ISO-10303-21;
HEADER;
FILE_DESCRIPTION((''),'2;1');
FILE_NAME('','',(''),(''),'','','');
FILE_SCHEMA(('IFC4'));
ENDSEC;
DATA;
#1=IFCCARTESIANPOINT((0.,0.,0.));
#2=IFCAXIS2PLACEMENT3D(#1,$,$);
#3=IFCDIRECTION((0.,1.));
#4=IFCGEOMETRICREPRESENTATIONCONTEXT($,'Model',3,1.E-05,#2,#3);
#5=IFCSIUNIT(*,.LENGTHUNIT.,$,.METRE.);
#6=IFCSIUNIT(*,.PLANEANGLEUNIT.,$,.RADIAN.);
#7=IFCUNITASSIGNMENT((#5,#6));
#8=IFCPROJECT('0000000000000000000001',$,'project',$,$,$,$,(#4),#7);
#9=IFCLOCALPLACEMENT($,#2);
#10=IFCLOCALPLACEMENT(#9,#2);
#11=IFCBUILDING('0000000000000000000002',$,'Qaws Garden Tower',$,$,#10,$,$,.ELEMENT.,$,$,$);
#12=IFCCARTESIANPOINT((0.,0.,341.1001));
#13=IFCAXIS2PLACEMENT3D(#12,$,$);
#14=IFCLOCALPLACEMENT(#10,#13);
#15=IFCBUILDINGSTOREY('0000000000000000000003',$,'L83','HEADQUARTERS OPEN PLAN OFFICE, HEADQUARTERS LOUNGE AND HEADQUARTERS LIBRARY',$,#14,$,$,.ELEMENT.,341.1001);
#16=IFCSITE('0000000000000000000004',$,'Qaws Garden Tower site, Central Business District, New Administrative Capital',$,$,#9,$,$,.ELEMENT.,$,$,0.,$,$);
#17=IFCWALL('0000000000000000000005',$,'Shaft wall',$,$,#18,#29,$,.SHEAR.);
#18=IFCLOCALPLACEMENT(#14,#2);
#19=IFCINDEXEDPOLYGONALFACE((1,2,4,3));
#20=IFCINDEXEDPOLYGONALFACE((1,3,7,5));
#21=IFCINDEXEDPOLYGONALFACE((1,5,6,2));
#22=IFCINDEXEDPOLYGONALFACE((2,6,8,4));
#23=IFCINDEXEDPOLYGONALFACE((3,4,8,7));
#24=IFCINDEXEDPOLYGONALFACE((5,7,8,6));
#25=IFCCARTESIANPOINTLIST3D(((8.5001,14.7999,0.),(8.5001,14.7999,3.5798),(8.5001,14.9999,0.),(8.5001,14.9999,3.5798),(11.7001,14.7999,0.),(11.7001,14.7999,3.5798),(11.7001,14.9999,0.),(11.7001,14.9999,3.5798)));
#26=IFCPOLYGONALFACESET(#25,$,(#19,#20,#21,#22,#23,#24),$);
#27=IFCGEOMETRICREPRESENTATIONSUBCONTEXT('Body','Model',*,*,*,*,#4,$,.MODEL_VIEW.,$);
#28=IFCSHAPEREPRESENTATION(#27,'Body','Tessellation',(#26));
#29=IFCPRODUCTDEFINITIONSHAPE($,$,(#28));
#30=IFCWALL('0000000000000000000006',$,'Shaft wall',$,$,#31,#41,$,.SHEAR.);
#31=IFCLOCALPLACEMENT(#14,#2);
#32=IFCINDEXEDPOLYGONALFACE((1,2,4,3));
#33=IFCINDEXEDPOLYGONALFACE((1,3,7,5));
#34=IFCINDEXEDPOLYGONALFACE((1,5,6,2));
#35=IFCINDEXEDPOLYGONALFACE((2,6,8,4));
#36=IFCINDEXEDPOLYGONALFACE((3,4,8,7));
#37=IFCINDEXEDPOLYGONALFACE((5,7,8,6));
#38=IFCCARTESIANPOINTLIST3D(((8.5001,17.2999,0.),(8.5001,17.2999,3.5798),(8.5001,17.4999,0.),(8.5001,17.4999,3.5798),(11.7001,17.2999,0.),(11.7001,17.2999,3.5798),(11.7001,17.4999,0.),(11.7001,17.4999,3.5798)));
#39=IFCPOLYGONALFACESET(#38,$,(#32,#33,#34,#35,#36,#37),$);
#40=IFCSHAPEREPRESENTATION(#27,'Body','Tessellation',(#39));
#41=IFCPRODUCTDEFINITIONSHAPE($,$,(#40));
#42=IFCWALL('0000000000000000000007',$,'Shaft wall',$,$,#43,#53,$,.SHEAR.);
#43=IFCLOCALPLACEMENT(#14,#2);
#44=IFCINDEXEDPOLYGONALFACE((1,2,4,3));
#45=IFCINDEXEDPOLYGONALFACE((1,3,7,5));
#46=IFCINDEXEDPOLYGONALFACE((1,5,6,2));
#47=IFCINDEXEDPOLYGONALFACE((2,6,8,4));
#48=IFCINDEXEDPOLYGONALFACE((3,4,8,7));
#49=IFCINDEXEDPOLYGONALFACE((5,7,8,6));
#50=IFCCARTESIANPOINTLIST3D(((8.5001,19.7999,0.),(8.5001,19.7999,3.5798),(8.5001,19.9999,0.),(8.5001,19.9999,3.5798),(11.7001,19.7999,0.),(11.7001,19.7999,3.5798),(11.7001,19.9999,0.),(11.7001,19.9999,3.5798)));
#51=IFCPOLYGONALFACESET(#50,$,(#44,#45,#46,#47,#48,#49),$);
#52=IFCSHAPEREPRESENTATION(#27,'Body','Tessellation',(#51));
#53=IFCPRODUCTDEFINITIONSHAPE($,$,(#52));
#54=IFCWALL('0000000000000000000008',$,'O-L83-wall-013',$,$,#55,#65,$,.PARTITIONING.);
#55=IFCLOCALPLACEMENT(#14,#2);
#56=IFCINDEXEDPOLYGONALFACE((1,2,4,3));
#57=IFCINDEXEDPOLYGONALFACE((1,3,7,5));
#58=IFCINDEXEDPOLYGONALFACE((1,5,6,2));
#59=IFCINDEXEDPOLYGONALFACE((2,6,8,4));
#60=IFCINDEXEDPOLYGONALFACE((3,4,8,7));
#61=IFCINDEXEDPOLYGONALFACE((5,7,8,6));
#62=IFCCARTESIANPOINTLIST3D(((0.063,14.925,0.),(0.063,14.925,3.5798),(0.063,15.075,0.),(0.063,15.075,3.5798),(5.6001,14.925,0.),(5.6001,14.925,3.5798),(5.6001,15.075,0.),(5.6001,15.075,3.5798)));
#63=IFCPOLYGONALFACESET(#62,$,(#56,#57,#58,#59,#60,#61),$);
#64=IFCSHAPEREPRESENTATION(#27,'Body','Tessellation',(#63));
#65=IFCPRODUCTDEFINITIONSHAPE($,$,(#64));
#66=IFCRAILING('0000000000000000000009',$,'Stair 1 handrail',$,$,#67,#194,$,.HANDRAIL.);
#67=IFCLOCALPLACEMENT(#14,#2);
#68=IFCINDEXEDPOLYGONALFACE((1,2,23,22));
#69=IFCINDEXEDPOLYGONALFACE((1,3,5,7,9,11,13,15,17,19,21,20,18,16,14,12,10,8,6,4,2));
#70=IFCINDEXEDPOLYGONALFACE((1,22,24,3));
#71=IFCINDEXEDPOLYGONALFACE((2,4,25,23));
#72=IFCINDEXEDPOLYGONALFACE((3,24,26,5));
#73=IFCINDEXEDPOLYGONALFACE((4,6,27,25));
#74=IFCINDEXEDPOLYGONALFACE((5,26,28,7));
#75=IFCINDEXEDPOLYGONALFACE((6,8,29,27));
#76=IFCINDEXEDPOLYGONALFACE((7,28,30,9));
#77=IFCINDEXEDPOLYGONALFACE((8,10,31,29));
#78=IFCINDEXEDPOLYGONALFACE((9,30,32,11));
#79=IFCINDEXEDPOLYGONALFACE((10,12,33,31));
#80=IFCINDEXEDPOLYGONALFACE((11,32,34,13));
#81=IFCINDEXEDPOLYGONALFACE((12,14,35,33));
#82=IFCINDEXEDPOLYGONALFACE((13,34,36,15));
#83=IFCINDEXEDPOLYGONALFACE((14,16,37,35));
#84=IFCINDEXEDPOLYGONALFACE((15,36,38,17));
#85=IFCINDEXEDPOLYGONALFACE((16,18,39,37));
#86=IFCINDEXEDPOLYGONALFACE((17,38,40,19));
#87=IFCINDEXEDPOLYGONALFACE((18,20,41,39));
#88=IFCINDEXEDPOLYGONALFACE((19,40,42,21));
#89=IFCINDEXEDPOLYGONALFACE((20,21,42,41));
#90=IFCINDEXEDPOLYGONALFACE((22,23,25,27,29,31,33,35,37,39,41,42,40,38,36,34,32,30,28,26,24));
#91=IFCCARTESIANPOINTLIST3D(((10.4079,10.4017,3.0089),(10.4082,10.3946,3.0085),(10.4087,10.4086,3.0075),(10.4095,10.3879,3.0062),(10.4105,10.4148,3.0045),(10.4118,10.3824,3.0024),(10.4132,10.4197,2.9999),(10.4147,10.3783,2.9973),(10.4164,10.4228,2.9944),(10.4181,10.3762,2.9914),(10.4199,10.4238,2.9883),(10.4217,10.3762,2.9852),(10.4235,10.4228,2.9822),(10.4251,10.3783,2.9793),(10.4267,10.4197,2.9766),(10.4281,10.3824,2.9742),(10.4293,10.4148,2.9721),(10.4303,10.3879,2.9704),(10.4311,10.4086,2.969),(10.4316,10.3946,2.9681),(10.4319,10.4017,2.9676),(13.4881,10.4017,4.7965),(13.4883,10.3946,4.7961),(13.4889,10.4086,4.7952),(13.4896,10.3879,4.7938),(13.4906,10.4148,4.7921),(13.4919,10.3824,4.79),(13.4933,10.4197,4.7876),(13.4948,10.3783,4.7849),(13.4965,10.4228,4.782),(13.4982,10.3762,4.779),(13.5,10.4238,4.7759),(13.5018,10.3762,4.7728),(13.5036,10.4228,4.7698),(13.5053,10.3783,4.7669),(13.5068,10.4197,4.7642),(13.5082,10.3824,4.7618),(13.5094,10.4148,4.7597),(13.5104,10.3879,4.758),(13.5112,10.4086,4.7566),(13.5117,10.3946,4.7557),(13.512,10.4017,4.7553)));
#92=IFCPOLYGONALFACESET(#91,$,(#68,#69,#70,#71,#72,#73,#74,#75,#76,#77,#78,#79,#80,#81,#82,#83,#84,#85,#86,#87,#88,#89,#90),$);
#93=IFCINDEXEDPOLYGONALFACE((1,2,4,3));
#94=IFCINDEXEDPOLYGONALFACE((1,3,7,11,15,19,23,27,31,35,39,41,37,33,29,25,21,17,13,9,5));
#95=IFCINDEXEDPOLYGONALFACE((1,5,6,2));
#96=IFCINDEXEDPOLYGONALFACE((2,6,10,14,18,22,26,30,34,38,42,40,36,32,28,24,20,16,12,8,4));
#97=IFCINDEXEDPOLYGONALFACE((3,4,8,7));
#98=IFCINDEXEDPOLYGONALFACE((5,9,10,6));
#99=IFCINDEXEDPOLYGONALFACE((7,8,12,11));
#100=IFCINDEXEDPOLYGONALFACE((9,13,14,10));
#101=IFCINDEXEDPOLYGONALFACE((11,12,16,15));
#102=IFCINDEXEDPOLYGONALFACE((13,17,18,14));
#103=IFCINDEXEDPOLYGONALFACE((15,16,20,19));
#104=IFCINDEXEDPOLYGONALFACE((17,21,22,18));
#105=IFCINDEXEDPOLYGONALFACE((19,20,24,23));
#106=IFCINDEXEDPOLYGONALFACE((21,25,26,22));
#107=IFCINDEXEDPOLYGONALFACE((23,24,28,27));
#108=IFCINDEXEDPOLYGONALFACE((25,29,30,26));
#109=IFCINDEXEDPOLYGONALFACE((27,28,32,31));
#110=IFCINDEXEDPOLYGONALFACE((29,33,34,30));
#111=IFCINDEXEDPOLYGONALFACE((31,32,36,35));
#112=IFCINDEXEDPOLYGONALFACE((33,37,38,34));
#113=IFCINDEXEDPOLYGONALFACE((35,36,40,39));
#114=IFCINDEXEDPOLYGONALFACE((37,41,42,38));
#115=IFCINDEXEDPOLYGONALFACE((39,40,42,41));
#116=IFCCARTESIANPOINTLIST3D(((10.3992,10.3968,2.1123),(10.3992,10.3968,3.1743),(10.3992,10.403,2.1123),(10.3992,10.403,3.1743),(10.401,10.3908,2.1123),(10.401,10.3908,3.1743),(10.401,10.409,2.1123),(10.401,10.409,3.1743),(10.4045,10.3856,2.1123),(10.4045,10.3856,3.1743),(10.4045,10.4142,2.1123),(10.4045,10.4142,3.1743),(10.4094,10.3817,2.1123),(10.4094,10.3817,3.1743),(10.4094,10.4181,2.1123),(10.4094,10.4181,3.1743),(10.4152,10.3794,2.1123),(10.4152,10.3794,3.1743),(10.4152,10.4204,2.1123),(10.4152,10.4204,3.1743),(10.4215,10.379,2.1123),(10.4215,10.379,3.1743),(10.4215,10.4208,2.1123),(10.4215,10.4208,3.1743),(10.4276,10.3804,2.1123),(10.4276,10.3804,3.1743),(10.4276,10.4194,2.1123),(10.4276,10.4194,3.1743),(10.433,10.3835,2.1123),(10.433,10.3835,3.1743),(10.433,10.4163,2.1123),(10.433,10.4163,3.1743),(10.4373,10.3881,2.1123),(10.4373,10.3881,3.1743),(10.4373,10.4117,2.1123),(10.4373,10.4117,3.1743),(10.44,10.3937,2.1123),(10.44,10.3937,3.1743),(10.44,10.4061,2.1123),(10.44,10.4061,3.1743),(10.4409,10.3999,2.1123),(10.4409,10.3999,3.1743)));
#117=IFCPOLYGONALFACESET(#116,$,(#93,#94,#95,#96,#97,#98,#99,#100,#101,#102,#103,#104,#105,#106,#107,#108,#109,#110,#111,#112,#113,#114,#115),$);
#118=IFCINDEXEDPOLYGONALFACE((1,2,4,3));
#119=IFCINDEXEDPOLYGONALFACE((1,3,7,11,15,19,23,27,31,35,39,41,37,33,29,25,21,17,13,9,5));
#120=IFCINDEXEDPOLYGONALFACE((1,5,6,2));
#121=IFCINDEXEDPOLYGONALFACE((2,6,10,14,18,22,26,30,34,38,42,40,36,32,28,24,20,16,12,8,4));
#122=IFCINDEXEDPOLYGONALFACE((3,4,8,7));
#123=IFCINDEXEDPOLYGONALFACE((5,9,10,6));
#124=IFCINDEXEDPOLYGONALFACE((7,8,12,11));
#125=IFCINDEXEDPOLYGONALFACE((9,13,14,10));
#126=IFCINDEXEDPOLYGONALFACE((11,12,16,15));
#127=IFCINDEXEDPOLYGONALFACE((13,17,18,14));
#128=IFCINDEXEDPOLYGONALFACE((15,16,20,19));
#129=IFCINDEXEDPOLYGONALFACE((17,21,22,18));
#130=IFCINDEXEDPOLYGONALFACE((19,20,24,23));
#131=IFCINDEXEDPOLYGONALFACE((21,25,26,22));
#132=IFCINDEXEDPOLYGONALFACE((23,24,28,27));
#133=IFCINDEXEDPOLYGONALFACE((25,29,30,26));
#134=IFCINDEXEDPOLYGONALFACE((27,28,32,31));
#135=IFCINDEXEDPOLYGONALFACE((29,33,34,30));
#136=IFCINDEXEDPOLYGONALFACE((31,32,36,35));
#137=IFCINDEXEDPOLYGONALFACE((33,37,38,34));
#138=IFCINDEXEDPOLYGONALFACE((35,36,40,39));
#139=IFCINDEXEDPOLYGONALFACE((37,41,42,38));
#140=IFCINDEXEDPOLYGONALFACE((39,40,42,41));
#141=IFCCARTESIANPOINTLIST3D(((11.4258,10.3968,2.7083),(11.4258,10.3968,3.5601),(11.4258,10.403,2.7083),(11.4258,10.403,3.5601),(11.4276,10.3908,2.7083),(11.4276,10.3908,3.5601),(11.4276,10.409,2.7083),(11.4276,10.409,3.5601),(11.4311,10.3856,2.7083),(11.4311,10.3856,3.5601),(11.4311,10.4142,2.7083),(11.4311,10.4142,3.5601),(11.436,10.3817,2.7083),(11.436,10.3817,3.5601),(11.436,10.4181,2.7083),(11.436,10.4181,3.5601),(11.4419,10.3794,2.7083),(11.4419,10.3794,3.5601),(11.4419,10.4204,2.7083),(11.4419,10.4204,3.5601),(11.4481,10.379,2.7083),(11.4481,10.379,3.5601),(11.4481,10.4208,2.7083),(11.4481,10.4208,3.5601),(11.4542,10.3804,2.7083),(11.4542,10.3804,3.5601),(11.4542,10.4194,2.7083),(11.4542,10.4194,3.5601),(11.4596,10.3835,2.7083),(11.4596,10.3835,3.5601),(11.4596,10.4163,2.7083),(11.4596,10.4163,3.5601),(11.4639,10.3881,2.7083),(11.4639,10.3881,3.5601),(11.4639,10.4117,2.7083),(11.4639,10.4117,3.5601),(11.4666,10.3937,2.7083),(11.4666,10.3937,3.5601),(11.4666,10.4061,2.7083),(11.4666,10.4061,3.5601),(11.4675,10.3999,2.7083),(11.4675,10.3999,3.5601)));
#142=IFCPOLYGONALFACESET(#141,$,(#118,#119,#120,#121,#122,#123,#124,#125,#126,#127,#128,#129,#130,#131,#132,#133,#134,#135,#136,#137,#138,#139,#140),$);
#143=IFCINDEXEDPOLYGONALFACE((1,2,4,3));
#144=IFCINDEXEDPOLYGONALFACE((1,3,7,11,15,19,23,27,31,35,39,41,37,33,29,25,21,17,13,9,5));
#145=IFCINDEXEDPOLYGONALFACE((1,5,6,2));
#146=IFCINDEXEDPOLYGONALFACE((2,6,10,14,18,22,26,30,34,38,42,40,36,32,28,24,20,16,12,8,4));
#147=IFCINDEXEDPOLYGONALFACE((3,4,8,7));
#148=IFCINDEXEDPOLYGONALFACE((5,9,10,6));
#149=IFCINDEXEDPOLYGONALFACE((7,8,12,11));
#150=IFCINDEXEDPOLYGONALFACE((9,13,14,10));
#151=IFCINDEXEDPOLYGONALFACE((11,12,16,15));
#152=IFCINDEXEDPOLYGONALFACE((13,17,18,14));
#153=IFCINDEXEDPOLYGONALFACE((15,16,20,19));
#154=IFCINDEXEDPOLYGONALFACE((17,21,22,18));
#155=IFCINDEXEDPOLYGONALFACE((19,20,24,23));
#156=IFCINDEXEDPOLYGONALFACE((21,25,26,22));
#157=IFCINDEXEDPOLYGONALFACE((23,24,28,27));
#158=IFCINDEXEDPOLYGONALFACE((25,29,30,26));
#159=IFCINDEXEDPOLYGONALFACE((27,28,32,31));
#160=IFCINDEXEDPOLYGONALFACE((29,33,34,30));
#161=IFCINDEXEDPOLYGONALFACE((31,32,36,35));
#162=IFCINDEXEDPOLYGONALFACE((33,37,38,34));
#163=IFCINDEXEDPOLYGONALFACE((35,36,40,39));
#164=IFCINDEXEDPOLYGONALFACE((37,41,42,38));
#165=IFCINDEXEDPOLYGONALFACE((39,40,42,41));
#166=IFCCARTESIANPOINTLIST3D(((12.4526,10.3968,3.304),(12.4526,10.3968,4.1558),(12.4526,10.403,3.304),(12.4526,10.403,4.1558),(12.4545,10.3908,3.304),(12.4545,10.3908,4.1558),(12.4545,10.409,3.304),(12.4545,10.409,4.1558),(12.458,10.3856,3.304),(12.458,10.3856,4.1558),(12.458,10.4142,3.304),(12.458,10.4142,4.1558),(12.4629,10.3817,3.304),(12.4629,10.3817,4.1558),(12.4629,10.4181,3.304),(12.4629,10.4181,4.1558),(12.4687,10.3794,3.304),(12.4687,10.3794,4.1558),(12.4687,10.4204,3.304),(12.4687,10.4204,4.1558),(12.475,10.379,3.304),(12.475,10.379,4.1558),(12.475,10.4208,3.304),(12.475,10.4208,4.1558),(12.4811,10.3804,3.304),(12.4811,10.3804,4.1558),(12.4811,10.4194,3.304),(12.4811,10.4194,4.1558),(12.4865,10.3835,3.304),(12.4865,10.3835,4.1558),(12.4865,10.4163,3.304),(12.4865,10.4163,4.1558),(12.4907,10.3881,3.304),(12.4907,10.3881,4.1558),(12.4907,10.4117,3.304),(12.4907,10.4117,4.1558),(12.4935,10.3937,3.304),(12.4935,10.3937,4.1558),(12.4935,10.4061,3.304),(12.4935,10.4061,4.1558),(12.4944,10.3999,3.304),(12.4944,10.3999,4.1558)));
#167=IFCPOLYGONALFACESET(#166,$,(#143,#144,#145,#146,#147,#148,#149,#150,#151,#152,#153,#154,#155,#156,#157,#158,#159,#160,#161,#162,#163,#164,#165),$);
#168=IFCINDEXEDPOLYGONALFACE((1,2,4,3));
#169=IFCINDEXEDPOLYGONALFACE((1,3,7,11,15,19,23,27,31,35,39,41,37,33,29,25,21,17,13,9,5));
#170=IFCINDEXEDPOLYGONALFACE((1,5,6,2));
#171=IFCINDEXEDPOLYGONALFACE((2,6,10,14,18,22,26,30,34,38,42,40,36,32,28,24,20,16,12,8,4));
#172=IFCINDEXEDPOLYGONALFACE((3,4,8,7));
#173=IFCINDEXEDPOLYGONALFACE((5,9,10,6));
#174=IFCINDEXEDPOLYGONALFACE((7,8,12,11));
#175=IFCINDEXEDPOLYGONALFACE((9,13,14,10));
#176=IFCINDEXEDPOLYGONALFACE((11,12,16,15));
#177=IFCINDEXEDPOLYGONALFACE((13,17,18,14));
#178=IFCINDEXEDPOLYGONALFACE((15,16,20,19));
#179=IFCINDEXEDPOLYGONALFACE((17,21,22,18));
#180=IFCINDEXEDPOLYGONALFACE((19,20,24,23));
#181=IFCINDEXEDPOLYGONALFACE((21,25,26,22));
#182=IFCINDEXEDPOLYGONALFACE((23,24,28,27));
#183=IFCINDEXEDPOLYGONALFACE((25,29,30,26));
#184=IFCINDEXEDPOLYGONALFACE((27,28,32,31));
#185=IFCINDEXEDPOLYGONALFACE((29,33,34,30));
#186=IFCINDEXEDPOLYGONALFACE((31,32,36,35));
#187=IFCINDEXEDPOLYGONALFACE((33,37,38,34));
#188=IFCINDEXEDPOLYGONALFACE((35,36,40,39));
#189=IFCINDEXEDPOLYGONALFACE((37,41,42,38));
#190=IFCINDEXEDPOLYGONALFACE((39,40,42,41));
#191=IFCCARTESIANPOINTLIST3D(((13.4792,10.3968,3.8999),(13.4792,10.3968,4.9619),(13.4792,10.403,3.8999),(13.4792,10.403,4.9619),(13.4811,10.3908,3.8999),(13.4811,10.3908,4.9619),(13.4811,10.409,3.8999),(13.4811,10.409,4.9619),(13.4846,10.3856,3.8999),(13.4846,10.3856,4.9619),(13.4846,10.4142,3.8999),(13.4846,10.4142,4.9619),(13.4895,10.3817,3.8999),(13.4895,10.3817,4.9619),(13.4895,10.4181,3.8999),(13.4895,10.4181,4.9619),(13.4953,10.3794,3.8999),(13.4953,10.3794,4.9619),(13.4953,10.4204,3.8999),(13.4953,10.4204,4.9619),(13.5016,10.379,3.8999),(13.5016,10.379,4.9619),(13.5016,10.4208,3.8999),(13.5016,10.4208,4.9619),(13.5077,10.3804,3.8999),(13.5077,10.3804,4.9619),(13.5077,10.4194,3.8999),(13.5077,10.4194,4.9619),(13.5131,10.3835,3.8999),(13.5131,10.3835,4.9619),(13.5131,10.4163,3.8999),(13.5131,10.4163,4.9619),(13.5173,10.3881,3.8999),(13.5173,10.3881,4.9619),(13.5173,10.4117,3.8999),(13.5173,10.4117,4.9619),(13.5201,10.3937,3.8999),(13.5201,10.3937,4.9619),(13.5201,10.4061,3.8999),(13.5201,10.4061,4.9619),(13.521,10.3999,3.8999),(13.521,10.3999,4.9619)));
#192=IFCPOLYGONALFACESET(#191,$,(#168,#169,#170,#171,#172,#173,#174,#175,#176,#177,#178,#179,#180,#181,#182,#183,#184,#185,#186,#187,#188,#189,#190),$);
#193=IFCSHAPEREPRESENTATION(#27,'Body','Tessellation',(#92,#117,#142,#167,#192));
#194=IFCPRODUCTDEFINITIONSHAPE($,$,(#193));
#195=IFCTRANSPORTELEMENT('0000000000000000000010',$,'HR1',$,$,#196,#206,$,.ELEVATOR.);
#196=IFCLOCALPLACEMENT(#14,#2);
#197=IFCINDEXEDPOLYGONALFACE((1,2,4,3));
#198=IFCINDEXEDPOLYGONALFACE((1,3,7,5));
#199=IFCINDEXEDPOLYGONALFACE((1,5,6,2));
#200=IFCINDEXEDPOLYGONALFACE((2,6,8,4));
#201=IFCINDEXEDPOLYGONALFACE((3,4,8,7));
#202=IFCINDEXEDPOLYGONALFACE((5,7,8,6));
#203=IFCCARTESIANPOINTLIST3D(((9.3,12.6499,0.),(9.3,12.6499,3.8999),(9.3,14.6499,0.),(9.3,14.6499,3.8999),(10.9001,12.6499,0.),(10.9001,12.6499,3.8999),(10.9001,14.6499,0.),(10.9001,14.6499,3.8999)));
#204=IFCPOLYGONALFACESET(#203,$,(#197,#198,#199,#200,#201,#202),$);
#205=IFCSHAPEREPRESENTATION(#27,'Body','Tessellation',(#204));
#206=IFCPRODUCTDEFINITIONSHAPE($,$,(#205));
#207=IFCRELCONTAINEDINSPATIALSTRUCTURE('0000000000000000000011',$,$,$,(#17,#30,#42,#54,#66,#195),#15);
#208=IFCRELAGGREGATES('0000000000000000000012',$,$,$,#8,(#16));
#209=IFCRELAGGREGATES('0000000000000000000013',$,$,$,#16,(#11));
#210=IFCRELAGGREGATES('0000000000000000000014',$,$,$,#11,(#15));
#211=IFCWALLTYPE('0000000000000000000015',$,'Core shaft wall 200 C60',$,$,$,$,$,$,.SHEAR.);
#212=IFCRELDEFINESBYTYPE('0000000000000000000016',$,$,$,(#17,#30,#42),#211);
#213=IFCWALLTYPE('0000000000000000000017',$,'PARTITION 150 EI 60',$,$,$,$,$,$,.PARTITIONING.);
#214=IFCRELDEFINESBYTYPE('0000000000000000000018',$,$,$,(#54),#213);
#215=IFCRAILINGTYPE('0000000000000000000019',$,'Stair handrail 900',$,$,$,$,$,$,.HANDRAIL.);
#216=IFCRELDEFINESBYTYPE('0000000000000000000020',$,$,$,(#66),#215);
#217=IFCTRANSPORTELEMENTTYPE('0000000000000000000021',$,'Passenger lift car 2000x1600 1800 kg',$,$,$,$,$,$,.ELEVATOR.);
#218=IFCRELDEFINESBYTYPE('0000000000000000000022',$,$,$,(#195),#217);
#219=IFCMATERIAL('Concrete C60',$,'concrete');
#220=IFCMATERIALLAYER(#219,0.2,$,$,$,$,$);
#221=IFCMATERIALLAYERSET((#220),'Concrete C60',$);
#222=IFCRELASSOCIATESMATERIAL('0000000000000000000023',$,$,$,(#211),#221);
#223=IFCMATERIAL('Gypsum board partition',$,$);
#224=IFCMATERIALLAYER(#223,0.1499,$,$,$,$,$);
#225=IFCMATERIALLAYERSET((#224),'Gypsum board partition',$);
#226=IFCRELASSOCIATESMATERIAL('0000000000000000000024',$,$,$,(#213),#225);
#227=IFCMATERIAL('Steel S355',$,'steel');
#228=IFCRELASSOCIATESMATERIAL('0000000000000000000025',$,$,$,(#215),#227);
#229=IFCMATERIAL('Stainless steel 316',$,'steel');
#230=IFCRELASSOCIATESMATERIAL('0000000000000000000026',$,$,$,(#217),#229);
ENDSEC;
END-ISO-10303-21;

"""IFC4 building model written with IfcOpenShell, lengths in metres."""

from ifc_helpers import new_model, si_unit, direction, frame, frame_2d, origin, origin_2d, place, context, subcontext, project, spatial, rectangle, circle, extrude, material, layer, layer_set, type_object, element, save


model = new_model("IFC4")

# Units and contexts
model_context = context("Model", 3, precision=1e-05, world=origin(), true_north=direction((0.0, 1.0)))
body_context = subcontext(model_context, "Body", "Model", "MODEL_VIEW")
ifc_project = project(units=[si_unit("LENGTHUNIT", "METRE"), si_unit("PLANEANGLEUNIT", "RADIAN")], contexts=[model_context])

# Site, building, storey
site_placement = place(None, origin())
site = spatial("IfcSite", under=ifc_project, at=site_placement, Name="Qaws Garden Tower site, Central Business District, New Administrative Capital", CompositionType="ELEMENT", RefElevation=0.0)
building_placement = place(site_placement, origin())
building = spatial("IfcBuilding", under=site, at=building_placement, Name="Qaws Garden Tower", CompositionType="ELEMENT")
storey_placement = place(building_placement, frame((0.0, 0.0, 341.1001)))
storey = spatial("IfcBuildingStorey", under=building, at=storey_placement, Name="L83", Description="HEADQUARTERS OPEN PLAN OFFICE, HEADQUARTERS LOUNGE AND HEADQUARTERS LIBRARY", CompositionType="ELEMENT", Elevation=341.1001)

# Walls
ifc_material_1 = material(Name="Concrete C60", Category="concrete")
ifc_layer_1 = layer(ifc_material_1, 0.2)
ifc_layer_set_1 = layer_set([ifc_layer_1], Name="Concrete C60")
wall_type_1 = type_object("IfcWallType", Name="Core shaft wall 200 C60", PredefinedType="SHEAR", material=ifc_layer_set_1)
for number, where, z_axis, x_axis, name in (
    (1, (8.5, 14.8999, 0.0), (0.0, 0.0, 1.0), (1.0, 0.0, 0.0), "Shaft wall"),
    (2, (8.5, 17.3999, 0.0), (0.0, 0.0, 1.0), (1.0, 0.0, 0.0), "Shaft wall"),
    (3, (8.5, 19.8999, 0.0), (0.0, 0.0, 1.0), (1.0, 0.0, 0.0), "Shaft wall"),
):
    element("IfcWall", number, at=place(storey_placement, frame(where, z_axis=z_axis, x_axis=x_axis)), inside=storey, type_object=wall_type_1, Name=name, PredefinedType="SHEAR", context=body_context, shape_type="SweptSolid", body=[
        extrude(rectangle(XDim=3.2, YDim=0.2, at=frame_2d((1.6001, 0.0))), origin(), (0.0, 0.0, 1.0), 3.5798),
    ])
ifc_material_2 = material(Name="Gypsum board partition")
ifc_layer_2 = layer(ifc_material_2, 0.1499)
ifc_layer_set_2 = layer_set([ifc_layer_2], Name="Gypsum board partition")
wall_type_2 = type_object("IfcWallType", Name="PARTITION 150 EI 60", PredefinedType="PARTITIONING", material=ifc_layer_set_2)
wall_1_placement = place(storey_placement, frame((0.063, 15.0, 0.0), z_axis=(0.0, 0.0, 1.0), x_axis=(1.0, 0.0, 0.0)))
element("IfcWall", 4, at=wall_1_placement, inside=storey, type_object=wall_type_2, Name="O-L83-wall-013", PredefinedType="PARTITIONING", context=body_context, shape_type="SweptSolid", body=[
    extrude(rectangle(XDim=5.5371, YDim=0.1499, at=frame_2d((2.7686, 0.0))), origin(), (0.0, 0.0, 1.0), 3.5798),
])

# Railing
ifc_material_3 = material(Name="Steel S355", Category="steel")
railing_type = type_object("IfcRailingType", Name="Stair handrail 900", PredefinedType="HANDRAIL", material=ifc_material_3)
railing_placement = place(storey_placement, frame((10.4199, 10.3999, 2.1123)))
element("IfcRailing", 5, at=railing_placement, inside=storey, type_object=railing_type, Name="Stair 1 handrail", PredefinedType="HANDRAIL", context=body_context, shape_type="SweptSolid", body=[
    extrude(circle(Radius=0.0239, at=origin_2d()), frame((0.0, 0.0, 0.876), z_axis=(0.864891, 0.0, 0.50196), x_axis=(0.0, 1.0, 0.0)), (0.0, 0.0, 1.0), 3.5613),
    extrude(circle(Radius=0.021, at=origin_2d()), origin(), (0.0, 0.0, 1.0), 1.062),
    extrude(circle(Radius=0.021, at=origin_2d()), frame((1.0266, 0.0, 0.5959)), (0.0, 0.0, 1.0), 0.8518),
    extrude(circle(Radius=0.021, at=origin_2d()), frame((2.0535, 0.0, 1.1917)), (0.0, 0.0, 1.0), 0.8518),
    extrude(circle(Radius=0.021, at=origin_2d()), frame((3.0801, 0.0, 1.7876)), (0.0, 0.0, 1.0), 1.062),
])

# Transport element
ifc_material_4 = material(Name="Stainless steel 316", Category="steel")
transport_element_type = type_object("IfcTransportElementType", Name="Passenger lift car 2000x1600 1800 kg", PredefinedType="ELEVATOR", material=ifc_material_4)
for number, where, z_axis, x_axis, name in (
    (6, (10.1001, 13.6499, 0.0), (0.0, 0.0, 1.0), (1.0, 0.0, 0.0), "HR1"),
):
    element("IfcTransportElement", number, at=place(storey_placement, frame(where, z_axis=z_axis, x_axis=x_axis)), inside=storey, type_object=transport_element_type, Name=name, PredefinedType="ELEVATOR", context=body_context, shape_type="SweptSolid", body=[
        extrude(rectangle(XDim=1.6001, YDim=2.0, at=origin_2d()), origin(), (0.0, 0.0, 1.0), 3.8999),
    ])

save(model, "model.ifc")
